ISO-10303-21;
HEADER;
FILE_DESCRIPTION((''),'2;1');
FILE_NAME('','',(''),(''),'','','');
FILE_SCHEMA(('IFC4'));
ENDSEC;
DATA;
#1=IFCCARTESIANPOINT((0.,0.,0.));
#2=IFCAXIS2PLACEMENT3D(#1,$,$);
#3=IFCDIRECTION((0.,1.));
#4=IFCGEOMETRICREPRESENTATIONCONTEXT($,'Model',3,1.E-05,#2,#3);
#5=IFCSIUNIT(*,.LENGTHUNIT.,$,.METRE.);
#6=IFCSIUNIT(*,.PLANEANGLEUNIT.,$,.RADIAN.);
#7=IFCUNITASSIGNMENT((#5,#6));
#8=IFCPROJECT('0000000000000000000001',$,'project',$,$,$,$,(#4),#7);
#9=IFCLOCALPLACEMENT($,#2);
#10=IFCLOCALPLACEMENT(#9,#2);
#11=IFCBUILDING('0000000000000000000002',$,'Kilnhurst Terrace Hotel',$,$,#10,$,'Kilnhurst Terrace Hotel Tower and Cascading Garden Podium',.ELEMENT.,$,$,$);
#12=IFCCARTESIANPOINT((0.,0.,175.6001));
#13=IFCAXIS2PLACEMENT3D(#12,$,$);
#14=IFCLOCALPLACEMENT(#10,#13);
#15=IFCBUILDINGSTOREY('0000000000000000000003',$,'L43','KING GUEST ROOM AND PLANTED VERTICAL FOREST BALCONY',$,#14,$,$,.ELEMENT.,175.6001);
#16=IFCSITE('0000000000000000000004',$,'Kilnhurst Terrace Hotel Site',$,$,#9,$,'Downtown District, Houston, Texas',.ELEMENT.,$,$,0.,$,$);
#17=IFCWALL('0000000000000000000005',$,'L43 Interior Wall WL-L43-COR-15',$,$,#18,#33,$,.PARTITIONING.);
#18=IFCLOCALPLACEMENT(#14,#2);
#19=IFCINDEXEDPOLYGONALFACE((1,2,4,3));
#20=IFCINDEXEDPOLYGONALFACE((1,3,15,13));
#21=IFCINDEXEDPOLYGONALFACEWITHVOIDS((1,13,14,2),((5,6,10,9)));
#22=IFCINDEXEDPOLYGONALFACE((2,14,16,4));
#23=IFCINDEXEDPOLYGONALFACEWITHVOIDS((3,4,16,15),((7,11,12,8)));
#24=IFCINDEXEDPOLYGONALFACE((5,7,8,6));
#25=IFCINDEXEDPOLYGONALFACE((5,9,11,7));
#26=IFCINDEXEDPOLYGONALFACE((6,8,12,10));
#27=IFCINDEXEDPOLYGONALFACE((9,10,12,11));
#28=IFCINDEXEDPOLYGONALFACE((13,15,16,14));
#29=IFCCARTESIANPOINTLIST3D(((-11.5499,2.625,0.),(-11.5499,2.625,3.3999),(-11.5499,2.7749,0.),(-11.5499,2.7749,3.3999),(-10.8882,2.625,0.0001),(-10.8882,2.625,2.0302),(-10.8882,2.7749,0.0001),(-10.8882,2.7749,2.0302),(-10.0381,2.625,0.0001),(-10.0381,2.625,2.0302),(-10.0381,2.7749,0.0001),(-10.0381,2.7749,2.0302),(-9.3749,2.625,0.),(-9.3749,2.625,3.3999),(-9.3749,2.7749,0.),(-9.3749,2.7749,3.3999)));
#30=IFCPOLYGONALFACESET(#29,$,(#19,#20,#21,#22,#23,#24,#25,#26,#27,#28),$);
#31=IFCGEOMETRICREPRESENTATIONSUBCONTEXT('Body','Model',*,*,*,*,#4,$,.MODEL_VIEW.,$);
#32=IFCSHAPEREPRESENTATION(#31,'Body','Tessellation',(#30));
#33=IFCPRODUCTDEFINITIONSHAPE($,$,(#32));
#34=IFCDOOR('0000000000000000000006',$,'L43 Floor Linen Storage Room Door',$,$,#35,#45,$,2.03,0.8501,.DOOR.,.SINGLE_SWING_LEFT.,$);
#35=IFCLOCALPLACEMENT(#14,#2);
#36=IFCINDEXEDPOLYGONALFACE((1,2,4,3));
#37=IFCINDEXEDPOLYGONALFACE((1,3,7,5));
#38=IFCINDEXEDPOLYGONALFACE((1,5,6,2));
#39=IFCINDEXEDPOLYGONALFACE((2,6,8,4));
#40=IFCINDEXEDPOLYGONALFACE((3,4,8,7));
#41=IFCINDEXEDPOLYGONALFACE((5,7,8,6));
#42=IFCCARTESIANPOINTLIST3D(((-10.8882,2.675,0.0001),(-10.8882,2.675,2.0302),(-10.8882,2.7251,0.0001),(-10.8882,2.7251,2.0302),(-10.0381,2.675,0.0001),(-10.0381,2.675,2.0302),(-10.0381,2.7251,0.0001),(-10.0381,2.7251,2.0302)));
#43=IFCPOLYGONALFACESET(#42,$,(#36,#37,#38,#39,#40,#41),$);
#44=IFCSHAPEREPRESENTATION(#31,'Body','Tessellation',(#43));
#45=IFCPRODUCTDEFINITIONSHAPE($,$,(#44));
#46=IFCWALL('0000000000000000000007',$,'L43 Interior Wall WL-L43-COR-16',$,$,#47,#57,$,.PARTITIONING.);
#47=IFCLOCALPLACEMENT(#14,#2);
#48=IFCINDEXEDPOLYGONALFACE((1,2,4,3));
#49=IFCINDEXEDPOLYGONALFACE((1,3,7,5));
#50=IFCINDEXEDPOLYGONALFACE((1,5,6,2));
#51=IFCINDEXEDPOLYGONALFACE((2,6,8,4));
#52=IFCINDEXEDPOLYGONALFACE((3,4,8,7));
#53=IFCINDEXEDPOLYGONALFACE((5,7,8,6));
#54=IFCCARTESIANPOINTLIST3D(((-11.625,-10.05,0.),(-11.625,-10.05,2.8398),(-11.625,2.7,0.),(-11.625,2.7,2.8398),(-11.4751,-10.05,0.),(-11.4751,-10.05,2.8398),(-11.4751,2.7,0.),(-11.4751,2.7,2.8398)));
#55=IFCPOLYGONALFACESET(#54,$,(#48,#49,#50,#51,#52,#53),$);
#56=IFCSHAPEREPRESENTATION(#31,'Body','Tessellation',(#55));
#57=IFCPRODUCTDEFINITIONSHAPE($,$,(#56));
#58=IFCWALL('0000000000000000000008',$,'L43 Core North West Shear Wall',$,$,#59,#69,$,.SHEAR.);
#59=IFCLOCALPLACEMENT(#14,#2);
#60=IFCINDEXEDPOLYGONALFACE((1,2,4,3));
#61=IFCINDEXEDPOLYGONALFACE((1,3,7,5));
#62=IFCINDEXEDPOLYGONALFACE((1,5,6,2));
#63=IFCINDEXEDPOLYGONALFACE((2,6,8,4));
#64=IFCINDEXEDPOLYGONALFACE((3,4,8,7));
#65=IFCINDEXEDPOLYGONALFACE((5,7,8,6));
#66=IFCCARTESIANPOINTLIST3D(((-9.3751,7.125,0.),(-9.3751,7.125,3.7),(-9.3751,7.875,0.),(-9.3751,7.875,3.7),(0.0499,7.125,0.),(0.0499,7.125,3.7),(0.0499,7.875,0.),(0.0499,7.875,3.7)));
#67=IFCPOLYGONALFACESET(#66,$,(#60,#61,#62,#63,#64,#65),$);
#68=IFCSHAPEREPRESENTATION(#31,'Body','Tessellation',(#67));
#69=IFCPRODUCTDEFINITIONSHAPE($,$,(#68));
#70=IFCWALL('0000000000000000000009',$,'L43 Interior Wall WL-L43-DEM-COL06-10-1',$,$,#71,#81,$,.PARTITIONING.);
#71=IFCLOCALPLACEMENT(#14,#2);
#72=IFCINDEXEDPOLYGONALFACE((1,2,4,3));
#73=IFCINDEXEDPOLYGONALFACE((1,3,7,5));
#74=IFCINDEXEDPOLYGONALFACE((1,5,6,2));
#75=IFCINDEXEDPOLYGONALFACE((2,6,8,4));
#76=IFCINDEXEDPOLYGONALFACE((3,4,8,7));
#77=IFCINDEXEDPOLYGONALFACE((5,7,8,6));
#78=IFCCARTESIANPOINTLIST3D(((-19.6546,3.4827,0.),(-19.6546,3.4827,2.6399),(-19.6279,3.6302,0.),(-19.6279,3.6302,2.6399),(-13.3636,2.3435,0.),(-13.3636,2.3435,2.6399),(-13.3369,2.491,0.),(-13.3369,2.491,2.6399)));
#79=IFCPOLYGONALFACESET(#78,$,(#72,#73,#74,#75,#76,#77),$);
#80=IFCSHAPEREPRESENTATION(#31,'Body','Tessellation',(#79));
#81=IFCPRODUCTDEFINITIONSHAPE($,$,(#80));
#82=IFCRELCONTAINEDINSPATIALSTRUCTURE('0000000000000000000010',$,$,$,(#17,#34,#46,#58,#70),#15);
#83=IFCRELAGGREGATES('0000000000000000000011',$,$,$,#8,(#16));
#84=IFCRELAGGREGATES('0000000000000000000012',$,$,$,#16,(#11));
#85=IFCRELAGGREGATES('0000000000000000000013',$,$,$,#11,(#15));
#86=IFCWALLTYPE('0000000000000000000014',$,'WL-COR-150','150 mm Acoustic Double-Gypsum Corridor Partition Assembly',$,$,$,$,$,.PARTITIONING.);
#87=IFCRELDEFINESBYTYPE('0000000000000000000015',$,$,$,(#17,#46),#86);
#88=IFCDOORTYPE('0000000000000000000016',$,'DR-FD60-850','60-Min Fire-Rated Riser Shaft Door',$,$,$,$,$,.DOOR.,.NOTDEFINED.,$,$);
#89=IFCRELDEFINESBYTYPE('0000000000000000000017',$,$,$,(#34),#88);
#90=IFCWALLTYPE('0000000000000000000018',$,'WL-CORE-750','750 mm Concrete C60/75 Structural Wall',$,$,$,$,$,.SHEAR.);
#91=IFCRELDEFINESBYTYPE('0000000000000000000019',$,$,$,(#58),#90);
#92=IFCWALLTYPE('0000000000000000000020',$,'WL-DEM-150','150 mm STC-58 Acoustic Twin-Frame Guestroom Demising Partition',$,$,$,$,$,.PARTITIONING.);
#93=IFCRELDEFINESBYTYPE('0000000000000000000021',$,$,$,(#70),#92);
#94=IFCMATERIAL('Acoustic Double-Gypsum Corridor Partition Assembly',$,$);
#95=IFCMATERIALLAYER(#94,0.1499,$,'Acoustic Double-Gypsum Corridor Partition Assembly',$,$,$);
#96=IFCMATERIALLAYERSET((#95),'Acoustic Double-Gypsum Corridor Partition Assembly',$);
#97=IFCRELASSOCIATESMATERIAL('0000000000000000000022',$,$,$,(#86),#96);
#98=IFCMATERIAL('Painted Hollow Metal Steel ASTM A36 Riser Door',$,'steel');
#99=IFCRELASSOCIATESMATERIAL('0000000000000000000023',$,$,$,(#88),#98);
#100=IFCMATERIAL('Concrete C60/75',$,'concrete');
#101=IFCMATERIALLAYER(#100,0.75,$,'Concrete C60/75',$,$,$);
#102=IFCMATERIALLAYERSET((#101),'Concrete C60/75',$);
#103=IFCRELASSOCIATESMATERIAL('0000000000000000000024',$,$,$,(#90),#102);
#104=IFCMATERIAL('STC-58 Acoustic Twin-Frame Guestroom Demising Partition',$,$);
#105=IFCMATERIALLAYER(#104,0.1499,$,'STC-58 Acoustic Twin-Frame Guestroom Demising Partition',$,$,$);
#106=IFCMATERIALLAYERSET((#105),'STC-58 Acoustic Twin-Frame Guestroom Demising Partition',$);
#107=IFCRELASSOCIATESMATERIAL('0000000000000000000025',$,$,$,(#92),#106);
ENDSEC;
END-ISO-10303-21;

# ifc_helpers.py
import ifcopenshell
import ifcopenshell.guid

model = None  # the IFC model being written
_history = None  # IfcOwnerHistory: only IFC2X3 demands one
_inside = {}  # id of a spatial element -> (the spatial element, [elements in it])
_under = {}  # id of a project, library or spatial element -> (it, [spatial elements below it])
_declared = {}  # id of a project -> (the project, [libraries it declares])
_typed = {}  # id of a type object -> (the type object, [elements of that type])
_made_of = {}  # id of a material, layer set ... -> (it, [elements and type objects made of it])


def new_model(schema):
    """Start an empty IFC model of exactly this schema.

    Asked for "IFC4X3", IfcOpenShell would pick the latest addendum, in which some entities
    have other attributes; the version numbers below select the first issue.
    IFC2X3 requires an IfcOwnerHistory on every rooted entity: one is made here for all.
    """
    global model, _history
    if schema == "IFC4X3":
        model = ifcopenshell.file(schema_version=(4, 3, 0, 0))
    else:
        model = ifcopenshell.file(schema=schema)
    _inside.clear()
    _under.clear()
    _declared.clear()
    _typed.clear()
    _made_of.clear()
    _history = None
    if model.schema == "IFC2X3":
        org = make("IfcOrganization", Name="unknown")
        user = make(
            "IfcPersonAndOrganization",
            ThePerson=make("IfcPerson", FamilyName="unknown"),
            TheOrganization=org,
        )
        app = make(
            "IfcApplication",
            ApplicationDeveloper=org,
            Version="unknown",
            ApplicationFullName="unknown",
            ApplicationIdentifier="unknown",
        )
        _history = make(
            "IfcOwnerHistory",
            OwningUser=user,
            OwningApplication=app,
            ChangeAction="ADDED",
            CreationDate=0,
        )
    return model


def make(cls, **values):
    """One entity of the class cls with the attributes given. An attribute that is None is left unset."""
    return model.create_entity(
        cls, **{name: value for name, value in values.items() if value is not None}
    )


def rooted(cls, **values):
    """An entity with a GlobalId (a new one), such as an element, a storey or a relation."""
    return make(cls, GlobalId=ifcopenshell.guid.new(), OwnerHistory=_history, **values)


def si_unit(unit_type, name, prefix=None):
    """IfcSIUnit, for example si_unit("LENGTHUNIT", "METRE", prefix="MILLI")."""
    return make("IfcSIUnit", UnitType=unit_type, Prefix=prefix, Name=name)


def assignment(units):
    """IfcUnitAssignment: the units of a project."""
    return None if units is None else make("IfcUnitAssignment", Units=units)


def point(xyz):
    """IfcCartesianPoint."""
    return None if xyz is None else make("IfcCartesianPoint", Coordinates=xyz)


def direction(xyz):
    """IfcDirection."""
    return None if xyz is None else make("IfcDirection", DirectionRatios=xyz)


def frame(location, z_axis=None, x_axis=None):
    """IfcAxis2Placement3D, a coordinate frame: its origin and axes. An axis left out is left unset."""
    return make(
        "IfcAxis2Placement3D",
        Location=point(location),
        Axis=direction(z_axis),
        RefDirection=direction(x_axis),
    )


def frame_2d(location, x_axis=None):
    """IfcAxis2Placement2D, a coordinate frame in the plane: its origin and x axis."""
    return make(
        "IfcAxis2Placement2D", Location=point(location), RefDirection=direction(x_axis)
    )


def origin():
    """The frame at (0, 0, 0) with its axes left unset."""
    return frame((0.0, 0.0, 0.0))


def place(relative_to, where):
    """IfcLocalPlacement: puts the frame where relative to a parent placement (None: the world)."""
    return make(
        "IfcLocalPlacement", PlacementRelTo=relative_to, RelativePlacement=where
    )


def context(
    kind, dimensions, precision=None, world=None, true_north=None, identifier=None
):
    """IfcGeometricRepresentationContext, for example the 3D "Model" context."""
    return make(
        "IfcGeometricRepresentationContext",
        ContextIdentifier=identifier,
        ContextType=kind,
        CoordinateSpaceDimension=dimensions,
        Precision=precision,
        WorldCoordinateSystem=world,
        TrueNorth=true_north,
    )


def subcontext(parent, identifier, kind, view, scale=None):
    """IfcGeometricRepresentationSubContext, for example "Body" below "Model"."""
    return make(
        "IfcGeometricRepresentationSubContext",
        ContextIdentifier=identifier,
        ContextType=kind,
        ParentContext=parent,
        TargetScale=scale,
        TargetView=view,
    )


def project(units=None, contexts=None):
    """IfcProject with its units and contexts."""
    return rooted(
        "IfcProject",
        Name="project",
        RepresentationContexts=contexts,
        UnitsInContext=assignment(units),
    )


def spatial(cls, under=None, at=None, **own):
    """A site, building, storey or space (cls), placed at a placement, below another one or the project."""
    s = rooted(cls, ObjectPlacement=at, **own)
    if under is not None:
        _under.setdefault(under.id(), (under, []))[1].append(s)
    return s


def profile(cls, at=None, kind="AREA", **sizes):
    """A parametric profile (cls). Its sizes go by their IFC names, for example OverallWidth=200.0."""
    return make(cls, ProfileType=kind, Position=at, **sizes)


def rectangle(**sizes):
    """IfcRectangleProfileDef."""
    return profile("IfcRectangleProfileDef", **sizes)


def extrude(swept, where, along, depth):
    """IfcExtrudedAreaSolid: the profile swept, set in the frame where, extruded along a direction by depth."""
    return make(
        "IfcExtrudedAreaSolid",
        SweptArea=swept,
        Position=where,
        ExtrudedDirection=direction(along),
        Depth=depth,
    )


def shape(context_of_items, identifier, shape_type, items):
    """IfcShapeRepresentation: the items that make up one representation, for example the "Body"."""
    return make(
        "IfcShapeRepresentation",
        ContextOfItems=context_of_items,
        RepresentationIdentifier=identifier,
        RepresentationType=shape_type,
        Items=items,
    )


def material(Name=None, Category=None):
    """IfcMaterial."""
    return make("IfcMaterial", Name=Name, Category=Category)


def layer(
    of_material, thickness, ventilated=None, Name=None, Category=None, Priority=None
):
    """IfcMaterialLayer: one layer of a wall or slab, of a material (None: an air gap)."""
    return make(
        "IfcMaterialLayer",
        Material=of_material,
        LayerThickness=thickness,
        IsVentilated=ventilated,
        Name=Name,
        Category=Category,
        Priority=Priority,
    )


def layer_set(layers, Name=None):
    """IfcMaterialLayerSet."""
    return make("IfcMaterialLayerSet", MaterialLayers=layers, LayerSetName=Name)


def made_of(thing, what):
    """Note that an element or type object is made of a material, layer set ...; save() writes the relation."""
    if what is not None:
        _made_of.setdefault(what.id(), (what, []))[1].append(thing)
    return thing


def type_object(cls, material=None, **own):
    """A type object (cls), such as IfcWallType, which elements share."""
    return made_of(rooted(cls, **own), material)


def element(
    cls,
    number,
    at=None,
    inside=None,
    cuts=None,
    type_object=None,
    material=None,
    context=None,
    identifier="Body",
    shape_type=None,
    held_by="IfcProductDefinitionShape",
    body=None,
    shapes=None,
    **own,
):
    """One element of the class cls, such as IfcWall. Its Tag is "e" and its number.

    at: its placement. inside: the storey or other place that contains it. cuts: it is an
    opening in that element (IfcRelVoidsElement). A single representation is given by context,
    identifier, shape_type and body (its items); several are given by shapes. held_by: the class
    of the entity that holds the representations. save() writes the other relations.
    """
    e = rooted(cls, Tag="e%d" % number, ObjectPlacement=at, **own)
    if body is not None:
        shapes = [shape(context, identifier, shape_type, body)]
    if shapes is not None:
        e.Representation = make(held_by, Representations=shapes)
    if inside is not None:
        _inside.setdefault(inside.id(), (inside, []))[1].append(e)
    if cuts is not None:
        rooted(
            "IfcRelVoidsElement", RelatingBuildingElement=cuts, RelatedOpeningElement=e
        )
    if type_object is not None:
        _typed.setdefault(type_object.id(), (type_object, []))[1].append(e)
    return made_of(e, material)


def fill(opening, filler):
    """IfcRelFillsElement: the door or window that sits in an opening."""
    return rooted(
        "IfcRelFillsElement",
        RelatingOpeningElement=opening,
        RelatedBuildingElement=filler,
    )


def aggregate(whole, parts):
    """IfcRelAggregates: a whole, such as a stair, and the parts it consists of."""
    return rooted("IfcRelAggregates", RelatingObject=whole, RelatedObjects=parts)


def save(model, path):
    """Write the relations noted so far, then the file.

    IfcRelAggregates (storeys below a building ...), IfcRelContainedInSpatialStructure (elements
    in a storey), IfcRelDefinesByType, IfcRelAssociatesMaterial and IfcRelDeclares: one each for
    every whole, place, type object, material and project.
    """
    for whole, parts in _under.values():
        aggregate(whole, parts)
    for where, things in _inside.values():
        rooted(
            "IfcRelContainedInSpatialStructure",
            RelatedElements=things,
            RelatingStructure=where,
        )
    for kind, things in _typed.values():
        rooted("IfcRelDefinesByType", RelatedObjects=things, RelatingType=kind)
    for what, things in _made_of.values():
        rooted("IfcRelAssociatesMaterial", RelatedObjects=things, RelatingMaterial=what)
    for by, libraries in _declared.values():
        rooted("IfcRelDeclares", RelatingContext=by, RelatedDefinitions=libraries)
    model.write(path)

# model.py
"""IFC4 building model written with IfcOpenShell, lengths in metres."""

from ifc_helpers import new_model, si_unit, direction, frame, frame_2d, origin, place, context, subcontext, project, spatial, rectangle, extrude, material, layer, layer_set, type_object, element, fill, save


model = new_model("IFC4")

# Units and contexts
model_context = context("Model", 3, precision=1e-05, world=origin(), true_north=direction((0.0, 1.0)))
body_context = subcontext(model_context, "Body", "Model", "MODEL_VIEW")
ifc_project = project(units=[si_unit("LENGTHUNIT", "METRE"), si_unit("PLANEANGLEUNIT", "RADIAN")], contexts=[model_context])

# Site, building, storey
site_placement = place(None, origin())
site = spatial("IfcSite", under=ifc_project, at=site_placement, Name="Kilnhurst Terrace Hotel Site", LongName="Downtown District, Houston, Texas", CompositionType="ELEMENT", RefElevation=0.0)
building_placement = place(site_placement, origin())
building = spatial("IfcBuilding", under=site, at=building_placement, Name="Kilnhurst Terrace Hotel", LongName="Kilnhurst Terrace Hotel Tower and Cascading Garden Podium", CompositionType="ELEMENT")
storey_placement = place(building_placement, frame((0.0, 0.0, 175.6001)))
storey = spatial("IfcBuildingStorey", under=building, at=storey_placement, Name="L43", Description="KING GUEST ROOM AND PLANTED VERTICAL FOREST BALCONY", CompositionType="ELEMENT", Elevation=175.6001)

# Shared definitions
ifc_material_1 = material(Name="Acoustic Double-Gypsum Corridor Partition Assembly")
ifc_layer_1 = layer(ifc_material_1, 0.1499, Name="Acoustic Double-Gypsum Corridor Partition Assembly")
ifc_layer_set_1 = layer_set([ifc_layer_1], Name="Acoustic Double-Gypsum Corridor Partition Assembly")
wall_type_1 = type_object("IfcWallType", Name="WL-COR-150", Description="150 mm Acoustic Double-Gypsum Corridor Partition Assembly", PredefinedType="PARTITIONING", material=ifc_layer_set_1)

# Wall, opening, door
wall_1_placement = place(storey_placement, frame((-9.375, 2.7, 0.0), z_axis=(0.0, 0.0, 1.0), x_axis=(-1.0, 0.0, 0.0)))
wall_1 = element("IfcWall", 1, at=wall_1_placement, inside=storey, type_object=wall_type_1, Name="L43 Interior Wall WL-L43-COR-15", PredefinedType="PARTITIONING", context=body_context, shape_type="SweptSolid", body=[
    extrude(rectangle(XDim=2.175, YDim=0.1499, at=frame_2d((1.0874, 0.0))), origin(), (0.0, 0.0, 1.0), 3.3999),
])
opening_placement = place(wall_1_placement, frame((0.6631, 0.0, 0.0)))
opening = element("IfcOpeningElement", 2, at=opening_placement, cuts=wall_1, PredefinedType="OPENING", context=body_context, shape_type="SweptSolid", body=[
    extrude(rectangle(XDim=0.8501, YDim=2.03, at=frame_2d((0.425, 1.0151))), frame((0.0, 0.085, 0.0), z_axis=(0.0, -1.0, 0.0), x_axis=(1.0, 0.0, 0.0)), (0.0, 0.0, 1.0), 0.1699),
])
ifc_material_2 = material(Name="Painted Hollow Metal Steel ASTM A36 Riser Door", Category="steel")
door_type = type_object("IfcDoorType", Name="DR-FD60-850", Description="60-Min Fire-Rated Riser Shaft Door", OperationType="NOTDEFINED", PredefinedType="DOOR", material=ifc_material_2)
door_placement = place(opening_placement, origin())
door = element("IfcDoor", 3, at=door_placement, inside=storey, type_object=door_type, Name="L43 Floor Linen Storage Room Door", OperationType="SINGLE_SWING_LEFT", OverallHeight=2.03, OverallWidth=0.8501, PredefinedType="DOOR", context=body_context, shape_type="SweptSolid", body=[
    extrude(rectangle(XDim=0.8501, YDim=2.03, at=frame_2d((0.425, 1.0151))), frame((0.0, 0.0249, 0.0), z_axis=(0.0, -1.0, 0.0), x_axis=(1.0, 0.0, 0.0)), (0.0, 0.0, 1.0), 0.05),
])
fill(opening, door)

# Walls
wall_2_placement = place(storey_placement, frame((-11.55, 2.7, 0.0), z_axis=(0.0, 0.0, 1.0), x_axis=(0.0, -1.0, 0.0)))
element("IfcWall", 4, at=wall_2_placement, inside=storey, type_object=wall_type_1, Name="L43 Interior Wall WL-L43-COR-16", PredefinedType="PARTITIONING", context=body_context, shape_type="SweptSolid", body=[
    extrude(rectangle(XDim=12.75, YDim=0.1499, at=frame_2d((6.375, 0.0))), origin(), (0.0, 0.0, 1.0), 2.8398),
])
ifc_material_3 = material(Name="Concrete C60/75", Category="concrete")
ifc_layer_2 = layer(ifc_material_3, 0.75, Name="Concrete C60/75")
ifc_layer_set_2 = layer_set([ifc_layer_2], Name="Concrete C60/75")
wall_type_2 = type_object("IfcWallType", Name="WL-CORE-750", Description="750 mm Concrete C60/75 Structural Wall", PredefinedType="SHEAR", material=ifc_layer_set_2)
wall_3_placement = place(storey_placement, frame((-9.375, 7.5, 0.0), z_axis=(0.0, 0.0, 1.0), x_axis=(1.0, 0.0, 0.0)))
element("IfcWall", 5, at=wall_3_placement, inside=storey, type_object=wall_type_2, Name="L43 Core North West Shear Wall", PredefinedType="SHEAR", context=body_context, shape_type="SweptSolid", body=[
    extrude(rectangle(XDim=9.425, YDim=0.75, at=frame_2d((4.7124, 0.0))), origin(), (0.0, 0.0, 1.0), 3.7),
])
ifc_material_4 = material(Name="STC-58 Acoustic Twin-Frame Guestroom Demising Partition")
ifc_layer_3 = layer(ifc_material_4, 0.1499, Name="STC-58 Acoustic Twin-Frame Guestroom Demising Partition")
ifc_layer_set_3 = layer_set([ifc_layer_3], Name="STC-58 Acoustic Twin-Frame Guestroom Demising Partition")
wall_type_3 = type_object("IfcWallType", Name="WL-DEM-150", Description="150 mm STC-58 Acoustic Twin-Frame Guestroom Demising Partition", PredefinedType="PARTITIONING", material=ifc_layer_set_3)
wall_4_placement = place(storey_placement, frame((-13.3501, 2.4172, 0.0), z_axis=(0.0, 0.0, 1.0), x_axis=(-0.983998, 0.17818, 0.0)))
element("IfcWall", 6, at=wall_4_placement, inside=storey, type_object=wall_type_3, Name="L43 Interior Wall WL-L43-DEM-COL06-10-1", PredefinedType="PARTITIONING", context=body_context, shape_type="SweptSolid", body=[
    extrude(rectangle(XDim=6.3933, YDim=0.1499, at=frame_2d((3.1968, 0.0))), origin(), (0.0, 0.0, 1.0), 2.6399),
])

save(model, "model.ifc")
